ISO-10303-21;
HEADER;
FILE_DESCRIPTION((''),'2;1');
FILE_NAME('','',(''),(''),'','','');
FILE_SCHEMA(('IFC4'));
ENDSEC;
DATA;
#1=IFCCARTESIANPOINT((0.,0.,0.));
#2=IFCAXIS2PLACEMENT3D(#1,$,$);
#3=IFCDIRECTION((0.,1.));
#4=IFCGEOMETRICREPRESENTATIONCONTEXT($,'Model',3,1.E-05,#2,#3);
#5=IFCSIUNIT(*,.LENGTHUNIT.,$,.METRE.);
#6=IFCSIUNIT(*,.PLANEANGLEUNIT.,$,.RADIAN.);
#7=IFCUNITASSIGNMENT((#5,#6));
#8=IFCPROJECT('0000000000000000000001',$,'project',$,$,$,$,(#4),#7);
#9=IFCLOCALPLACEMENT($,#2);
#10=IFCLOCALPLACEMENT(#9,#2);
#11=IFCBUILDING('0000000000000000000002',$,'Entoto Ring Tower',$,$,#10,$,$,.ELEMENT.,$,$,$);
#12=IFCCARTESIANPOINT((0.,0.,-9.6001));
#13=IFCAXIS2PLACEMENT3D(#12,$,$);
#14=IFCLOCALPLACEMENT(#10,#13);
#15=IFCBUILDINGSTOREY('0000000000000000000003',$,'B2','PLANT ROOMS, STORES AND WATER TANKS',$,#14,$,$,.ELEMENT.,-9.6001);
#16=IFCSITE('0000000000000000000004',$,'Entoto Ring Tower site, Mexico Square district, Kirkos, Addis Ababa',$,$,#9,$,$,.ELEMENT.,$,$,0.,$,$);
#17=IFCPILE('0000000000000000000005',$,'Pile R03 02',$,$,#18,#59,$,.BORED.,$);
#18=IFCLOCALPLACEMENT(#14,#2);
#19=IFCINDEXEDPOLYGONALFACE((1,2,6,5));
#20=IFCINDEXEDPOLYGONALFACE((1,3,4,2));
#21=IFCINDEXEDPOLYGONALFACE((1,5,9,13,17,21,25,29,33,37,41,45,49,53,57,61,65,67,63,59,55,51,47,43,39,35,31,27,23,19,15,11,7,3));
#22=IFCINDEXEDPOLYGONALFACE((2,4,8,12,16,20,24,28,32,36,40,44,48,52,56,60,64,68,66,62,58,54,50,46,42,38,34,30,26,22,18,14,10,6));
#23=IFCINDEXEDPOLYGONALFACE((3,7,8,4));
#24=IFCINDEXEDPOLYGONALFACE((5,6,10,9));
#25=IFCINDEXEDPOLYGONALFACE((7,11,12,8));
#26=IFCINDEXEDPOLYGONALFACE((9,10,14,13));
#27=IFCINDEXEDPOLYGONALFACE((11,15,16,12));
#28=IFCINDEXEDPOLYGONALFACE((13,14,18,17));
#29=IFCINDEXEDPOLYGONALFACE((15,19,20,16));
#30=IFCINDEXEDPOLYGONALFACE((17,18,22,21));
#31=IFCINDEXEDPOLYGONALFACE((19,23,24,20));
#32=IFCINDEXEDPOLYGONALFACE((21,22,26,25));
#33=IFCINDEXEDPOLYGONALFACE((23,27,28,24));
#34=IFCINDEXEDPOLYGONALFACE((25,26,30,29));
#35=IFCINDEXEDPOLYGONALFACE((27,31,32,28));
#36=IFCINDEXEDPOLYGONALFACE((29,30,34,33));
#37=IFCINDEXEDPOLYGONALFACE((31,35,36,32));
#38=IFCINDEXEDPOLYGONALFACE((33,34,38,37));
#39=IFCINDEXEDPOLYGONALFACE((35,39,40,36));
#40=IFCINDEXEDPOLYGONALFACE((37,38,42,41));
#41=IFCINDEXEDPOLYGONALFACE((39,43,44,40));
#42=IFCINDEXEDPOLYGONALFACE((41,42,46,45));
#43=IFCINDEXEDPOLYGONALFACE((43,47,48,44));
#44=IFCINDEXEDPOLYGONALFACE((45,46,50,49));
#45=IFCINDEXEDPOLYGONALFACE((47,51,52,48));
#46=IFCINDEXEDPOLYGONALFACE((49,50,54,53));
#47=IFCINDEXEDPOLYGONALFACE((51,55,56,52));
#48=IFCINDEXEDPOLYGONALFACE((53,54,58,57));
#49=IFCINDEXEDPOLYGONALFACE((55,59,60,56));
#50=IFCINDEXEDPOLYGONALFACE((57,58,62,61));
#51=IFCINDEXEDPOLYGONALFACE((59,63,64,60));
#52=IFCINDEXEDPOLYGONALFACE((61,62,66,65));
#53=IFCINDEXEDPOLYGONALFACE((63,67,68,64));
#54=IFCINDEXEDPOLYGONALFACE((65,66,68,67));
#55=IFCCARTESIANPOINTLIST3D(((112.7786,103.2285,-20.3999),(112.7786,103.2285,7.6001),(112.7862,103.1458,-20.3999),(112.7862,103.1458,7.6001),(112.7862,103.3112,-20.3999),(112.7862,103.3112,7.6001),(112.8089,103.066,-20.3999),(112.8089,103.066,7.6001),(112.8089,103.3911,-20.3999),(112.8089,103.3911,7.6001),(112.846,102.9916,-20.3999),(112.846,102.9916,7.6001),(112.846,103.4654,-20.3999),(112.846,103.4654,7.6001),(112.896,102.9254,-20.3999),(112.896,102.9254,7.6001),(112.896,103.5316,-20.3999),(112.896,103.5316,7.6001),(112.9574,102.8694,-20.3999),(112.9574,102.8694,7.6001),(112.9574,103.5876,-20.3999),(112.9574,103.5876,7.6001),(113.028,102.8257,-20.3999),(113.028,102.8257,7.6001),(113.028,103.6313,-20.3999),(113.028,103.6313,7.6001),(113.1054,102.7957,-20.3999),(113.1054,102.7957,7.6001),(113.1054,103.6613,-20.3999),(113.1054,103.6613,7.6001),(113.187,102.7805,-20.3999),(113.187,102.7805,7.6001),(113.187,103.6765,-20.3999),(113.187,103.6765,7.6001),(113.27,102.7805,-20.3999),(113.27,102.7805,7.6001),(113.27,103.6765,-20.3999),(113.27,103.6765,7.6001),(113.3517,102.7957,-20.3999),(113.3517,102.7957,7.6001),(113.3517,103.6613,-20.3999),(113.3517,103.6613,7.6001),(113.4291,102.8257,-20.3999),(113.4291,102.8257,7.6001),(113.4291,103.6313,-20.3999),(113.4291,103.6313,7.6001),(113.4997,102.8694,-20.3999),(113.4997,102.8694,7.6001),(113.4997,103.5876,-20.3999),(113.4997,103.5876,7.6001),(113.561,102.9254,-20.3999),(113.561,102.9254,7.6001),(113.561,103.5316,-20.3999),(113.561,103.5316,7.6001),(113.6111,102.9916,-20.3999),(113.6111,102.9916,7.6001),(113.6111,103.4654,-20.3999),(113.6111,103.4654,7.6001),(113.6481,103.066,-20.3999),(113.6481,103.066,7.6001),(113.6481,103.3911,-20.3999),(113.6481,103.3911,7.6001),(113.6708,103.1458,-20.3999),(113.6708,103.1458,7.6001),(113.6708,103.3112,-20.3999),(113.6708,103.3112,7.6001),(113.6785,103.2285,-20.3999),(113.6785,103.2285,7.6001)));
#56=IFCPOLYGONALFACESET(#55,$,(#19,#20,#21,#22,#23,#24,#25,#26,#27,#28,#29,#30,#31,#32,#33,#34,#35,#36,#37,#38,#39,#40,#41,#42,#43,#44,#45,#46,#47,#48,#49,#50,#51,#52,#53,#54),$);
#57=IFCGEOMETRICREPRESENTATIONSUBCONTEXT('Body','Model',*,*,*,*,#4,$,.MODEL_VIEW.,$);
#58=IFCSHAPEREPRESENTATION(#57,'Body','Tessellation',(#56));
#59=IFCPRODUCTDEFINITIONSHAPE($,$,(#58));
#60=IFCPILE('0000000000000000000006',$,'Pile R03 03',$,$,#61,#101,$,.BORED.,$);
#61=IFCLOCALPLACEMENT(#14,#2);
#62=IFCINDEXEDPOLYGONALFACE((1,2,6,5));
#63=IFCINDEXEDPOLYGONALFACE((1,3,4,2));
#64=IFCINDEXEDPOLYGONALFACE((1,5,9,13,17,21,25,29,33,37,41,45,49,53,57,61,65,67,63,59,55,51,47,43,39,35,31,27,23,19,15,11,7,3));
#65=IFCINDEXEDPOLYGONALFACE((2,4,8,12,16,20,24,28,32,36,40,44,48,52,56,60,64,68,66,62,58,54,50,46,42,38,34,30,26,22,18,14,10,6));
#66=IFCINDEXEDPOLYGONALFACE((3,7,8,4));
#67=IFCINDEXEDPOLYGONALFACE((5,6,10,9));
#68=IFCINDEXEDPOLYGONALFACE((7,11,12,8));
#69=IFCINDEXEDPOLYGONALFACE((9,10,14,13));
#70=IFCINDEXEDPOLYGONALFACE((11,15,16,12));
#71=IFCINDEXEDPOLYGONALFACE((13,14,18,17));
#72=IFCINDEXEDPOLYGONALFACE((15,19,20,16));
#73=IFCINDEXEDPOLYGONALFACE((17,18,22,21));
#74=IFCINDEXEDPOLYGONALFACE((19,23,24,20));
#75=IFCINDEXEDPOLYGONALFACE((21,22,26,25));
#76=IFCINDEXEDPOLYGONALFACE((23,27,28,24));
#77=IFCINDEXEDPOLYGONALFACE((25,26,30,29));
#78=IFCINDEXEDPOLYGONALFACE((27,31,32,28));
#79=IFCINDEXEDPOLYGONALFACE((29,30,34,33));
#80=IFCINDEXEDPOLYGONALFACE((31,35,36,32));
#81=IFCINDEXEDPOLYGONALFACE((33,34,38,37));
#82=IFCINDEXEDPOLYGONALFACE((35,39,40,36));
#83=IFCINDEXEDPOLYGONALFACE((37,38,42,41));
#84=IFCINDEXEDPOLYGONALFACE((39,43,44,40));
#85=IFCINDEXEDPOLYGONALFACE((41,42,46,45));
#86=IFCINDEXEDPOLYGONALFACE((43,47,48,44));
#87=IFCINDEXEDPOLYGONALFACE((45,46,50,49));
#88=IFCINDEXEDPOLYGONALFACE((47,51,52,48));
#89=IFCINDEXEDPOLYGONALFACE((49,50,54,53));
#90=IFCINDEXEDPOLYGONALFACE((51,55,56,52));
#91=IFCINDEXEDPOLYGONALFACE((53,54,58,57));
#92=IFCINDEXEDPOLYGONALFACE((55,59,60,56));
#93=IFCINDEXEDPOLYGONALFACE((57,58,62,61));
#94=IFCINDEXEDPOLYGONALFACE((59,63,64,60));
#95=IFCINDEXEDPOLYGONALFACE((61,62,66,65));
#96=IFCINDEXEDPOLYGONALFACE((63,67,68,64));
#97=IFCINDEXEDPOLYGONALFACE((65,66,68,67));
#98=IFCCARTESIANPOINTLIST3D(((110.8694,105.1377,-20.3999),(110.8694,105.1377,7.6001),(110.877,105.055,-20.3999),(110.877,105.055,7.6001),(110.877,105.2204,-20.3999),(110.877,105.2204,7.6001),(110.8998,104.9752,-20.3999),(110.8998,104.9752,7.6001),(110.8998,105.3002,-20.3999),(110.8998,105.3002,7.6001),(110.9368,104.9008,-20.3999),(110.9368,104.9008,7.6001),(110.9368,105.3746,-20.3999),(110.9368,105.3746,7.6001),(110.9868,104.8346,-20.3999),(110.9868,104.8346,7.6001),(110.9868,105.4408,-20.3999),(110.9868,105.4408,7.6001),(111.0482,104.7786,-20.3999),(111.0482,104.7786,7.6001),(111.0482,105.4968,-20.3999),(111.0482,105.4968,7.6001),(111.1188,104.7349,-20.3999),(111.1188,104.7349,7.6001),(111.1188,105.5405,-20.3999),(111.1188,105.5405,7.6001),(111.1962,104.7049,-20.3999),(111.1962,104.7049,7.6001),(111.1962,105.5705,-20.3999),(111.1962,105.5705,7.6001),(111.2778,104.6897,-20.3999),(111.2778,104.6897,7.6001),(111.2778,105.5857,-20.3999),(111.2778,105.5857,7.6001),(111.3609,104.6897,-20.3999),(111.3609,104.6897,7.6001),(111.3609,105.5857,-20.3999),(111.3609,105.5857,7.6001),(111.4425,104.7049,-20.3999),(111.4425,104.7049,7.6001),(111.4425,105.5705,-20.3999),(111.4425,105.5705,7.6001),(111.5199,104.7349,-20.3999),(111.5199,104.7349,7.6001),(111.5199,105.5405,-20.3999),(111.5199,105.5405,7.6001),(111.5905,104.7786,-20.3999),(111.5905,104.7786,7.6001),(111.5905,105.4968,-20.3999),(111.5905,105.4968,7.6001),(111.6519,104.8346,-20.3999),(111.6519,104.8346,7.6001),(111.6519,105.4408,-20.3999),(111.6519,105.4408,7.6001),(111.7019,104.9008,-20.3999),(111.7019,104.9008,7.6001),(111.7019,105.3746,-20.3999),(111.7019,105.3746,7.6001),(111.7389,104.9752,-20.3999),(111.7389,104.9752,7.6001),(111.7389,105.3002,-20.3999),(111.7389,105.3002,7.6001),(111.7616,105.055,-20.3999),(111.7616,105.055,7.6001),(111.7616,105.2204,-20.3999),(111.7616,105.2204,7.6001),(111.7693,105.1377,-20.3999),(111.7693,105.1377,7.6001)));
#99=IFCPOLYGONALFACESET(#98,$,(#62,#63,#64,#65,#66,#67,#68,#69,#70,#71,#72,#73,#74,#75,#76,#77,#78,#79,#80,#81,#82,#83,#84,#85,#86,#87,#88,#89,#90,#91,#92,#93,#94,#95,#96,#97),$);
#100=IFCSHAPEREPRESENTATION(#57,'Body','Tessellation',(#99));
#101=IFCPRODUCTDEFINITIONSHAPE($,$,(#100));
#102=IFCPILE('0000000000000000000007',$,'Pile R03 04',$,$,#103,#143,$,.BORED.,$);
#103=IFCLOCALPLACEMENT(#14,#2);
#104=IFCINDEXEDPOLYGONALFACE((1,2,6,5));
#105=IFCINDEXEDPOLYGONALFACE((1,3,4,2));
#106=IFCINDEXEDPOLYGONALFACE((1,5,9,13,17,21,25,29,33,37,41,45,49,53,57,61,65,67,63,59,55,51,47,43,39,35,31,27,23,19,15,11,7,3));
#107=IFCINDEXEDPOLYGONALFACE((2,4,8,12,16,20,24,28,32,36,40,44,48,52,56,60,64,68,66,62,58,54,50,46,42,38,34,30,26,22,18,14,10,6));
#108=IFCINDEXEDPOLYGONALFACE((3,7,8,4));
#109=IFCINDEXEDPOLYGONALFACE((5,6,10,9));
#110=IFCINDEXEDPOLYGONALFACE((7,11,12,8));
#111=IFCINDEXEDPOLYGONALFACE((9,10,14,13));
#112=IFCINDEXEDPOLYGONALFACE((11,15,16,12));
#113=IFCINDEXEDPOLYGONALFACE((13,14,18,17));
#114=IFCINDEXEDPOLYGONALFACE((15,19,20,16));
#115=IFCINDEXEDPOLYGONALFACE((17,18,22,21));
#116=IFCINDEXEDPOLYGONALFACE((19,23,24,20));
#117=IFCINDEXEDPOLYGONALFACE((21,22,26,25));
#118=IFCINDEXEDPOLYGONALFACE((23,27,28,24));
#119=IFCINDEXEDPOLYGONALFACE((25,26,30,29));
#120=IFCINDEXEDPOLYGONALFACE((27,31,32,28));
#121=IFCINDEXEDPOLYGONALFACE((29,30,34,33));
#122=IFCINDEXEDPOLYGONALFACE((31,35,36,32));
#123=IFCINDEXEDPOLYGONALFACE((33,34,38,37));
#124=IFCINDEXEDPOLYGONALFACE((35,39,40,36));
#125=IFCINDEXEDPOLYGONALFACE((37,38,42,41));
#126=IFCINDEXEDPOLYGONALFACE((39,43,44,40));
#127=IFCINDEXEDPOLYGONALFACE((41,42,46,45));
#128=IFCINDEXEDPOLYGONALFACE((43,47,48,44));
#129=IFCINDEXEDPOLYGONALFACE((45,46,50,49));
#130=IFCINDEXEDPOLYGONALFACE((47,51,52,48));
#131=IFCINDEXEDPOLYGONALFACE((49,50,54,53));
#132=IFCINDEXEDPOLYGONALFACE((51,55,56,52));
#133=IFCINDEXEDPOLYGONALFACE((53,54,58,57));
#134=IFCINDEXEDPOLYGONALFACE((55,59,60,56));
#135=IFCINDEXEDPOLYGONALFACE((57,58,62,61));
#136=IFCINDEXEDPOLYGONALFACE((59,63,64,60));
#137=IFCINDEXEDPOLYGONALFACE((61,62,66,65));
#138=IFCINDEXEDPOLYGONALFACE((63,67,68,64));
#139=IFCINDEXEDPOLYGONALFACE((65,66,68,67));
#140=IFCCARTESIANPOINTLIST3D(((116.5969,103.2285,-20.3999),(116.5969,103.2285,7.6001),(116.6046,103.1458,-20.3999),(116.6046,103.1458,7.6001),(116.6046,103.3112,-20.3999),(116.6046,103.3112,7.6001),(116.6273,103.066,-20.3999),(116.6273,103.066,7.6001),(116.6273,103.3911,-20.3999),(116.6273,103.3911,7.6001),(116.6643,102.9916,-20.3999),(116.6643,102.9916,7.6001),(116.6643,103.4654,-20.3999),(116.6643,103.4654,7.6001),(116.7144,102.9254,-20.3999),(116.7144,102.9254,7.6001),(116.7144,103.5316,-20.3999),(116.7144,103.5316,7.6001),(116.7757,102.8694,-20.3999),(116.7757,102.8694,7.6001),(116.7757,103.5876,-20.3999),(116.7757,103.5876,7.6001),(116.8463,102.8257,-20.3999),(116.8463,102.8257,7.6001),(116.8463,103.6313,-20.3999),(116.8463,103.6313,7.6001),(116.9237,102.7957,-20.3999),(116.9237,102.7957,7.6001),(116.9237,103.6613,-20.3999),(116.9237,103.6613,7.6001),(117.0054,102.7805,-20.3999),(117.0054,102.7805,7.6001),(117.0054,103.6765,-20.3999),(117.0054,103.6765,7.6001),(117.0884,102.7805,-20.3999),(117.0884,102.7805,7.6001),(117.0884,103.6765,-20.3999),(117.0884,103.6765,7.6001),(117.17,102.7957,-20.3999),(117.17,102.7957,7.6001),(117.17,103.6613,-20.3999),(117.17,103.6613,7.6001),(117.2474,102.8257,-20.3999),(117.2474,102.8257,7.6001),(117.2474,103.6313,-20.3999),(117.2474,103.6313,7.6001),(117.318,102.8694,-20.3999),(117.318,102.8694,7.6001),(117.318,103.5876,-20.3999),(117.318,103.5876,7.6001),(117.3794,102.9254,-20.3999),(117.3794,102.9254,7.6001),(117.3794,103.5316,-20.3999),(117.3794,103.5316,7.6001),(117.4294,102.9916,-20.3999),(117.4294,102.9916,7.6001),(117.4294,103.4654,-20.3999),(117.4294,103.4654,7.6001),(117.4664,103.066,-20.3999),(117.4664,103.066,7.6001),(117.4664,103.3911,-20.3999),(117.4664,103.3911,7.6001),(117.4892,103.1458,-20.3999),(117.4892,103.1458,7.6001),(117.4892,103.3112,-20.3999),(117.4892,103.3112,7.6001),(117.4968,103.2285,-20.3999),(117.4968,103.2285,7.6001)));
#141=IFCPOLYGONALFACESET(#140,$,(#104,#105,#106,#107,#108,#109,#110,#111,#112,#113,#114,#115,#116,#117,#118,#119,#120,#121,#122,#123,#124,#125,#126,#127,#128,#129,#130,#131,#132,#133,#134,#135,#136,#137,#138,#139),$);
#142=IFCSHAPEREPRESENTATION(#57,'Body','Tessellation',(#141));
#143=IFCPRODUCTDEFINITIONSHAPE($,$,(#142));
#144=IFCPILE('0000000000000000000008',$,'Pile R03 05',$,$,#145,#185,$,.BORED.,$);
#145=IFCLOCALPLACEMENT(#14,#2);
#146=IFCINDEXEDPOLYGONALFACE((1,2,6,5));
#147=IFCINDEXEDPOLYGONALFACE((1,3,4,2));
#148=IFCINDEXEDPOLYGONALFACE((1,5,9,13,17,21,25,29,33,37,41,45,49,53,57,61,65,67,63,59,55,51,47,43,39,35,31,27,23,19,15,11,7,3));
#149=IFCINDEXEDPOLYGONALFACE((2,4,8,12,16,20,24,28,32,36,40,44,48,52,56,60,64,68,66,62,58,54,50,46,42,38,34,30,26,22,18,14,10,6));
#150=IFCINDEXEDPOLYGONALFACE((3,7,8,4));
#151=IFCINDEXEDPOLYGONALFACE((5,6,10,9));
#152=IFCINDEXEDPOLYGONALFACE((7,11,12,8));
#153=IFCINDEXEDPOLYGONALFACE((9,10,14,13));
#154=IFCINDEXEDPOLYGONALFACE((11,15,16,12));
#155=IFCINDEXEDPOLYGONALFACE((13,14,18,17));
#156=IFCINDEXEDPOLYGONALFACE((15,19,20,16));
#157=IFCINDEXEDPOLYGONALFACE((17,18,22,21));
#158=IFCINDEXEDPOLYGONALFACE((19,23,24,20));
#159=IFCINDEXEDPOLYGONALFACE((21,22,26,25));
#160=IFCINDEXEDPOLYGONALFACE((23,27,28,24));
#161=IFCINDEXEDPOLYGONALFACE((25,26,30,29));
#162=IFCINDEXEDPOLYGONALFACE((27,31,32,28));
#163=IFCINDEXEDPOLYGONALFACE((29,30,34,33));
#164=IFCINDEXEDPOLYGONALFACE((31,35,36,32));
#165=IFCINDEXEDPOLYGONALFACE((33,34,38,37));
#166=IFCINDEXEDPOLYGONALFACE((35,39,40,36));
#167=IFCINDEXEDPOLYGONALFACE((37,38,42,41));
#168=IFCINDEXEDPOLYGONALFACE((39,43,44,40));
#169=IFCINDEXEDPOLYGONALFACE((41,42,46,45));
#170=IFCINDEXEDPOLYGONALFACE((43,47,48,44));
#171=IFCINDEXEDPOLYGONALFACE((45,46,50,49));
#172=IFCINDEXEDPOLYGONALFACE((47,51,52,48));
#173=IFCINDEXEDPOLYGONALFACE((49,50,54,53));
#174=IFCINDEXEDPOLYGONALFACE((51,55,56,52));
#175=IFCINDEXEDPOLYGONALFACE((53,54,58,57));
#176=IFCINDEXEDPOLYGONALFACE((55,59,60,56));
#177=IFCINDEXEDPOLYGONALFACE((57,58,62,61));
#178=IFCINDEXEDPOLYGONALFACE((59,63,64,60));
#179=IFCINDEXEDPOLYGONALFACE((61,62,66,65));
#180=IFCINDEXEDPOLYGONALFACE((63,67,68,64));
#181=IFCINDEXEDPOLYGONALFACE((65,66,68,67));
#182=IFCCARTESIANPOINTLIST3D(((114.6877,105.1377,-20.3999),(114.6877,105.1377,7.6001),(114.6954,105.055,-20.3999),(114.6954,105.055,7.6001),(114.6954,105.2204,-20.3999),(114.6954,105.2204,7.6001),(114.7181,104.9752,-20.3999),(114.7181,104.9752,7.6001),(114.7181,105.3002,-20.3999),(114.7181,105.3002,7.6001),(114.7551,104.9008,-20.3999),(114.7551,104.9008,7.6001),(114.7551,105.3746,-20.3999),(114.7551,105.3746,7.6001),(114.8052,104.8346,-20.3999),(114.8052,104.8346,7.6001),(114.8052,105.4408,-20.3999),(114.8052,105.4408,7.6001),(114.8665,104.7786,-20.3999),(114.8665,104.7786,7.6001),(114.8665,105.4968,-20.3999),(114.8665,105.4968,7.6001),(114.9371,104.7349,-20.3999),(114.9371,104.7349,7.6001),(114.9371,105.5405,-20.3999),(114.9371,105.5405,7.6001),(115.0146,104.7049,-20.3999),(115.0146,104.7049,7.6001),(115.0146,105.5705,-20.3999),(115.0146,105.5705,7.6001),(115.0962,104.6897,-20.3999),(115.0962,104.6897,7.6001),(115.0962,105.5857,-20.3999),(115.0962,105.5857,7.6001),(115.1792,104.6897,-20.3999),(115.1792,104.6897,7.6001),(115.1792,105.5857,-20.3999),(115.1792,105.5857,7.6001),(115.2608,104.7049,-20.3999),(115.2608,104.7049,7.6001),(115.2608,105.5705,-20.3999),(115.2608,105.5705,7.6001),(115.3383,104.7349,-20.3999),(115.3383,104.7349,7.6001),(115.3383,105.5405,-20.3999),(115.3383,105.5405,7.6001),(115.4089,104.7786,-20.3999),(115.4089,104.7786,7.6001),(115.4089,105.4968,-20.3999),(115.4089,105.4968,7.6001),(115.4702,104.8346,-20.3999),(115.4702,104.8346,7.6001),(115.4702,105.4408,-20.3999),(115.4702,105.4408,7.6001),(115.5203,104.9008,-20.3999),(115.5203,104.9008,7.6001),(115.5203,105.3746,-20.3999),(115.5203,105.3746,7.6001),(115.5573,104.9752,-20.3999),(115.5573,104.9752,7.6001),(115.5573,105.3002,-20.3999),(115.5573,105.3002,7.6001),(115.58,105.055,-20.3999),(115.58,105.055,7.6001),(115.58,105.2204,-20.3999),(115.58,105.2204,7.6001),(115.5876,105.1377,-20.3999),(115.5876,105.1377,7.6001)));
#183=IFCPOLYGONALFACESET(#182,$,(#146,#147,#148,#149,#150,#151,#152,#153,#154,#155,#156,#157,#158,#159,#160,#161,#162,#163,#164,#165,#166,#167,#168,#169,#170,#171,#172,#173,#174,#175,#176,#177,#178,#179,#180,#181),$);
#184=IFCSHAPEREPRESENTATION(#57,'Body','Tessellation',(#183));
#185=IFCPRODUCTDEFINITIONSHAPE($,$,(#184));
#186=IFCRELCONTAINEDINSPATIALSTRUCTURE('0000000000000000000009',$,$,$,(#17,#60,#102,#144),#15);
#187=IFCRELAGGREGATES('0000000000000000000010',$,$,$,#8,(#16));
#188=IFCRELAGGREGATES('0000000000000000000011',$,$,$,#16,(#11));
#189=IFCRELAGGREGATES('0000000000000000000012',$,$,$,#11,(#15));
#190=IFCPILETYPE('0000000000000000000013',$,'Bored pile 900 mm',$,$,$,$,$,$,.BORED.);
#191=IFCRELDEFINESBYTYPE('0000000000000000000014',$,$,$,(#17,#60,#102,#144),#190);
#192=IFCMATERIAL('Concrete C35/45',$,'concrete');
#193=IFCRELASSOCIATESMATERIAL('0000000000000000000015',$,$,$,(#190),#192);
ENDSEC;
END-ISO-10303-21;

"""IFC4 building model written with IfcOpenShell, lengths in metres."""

from ifc_helpers import new_model, si_unit, direction, frame, origin, origin_2d, place, context, subcontext, project, spatial, circle, extrude, material, material_profile, profile_set, type_object, element, save


model = new_model("IFC4")

# Units and contexts
model_context = context("Model", 3, precision=1e-05, world=origin(), true_north=direction((0.0, 1.0)))
body_context = subcontext(model_context, "Body", "Model", "MODEL_VIEW")
ifc_project = project(units=[si_unit("LENGTHUNIT", "METRE"), si_unit("PLANEANGLEUNIT", "RADIAN")], contexts=[model_context])

# Site, building, storey
site_placement = place(None, origin())
site = spatial("IfcSite", under=ifc_project, at=site_placement, Name="Entoto Ring Tower site, Mexico Square district, Kirkos, Addis Ababa", CompositionType="ELEMENT", RefElevation=0.0)
building_placement = place(site_placement, origin())
building = spatial("IfcBuilding", under=site, at=building_placement, Name="Entoto Ring Tower", CompositionType="ELEMENT")
storey_placement = place(building_placement, frame((0.0, 0.0, -9.6001)))
storey = spatial("IfcBuildingStorey", under=building, at=storey_placement, Name="B2", Description="PLANT ROOMS, STORES AND WATER TANKS", CompositionType="ELEMENT", Elevation=-9.6001)

# Piles
ifc_material_1 = material(Name="Concrete C35/45", Category="concrete")
ifc_material_profile_1 = material_profile(ifc_material_1, circle(Radius=0.45, at=origin_2d()), Name="Bored pile 900 mm")
ifc_profile_set_1 = profile_set([ifc_material_profile_1], Name="Concrete C35/45")
pile_type = type_object("IfcPileType", Name="Bored pile 900 mm", PredefinedType="BORED", material=ifc_profile_set_1)
for number, where, z_axis, x_axis, name in (
    (1, (113.2285, 103.2285, 7.6001), (0.0, 0.0, -1.0), (1.0, 0.0, 0.0), "Pile R03 02"),
    (2, (111.3193, 105.1377, 7.6001), (0.0, 0.0, -1.0), (1.0, 0.0, 0.0), "Pile R03 03"),
    (3, (117.0469, 103.2285, 7.6001), (0.0, 0.0, -1.0), (1.0, 0.0, 0.0), "Pile R03 04"),
    (4, (115.1377, 105.1377, 7.6001), (0.0, 0.0, -1.0), (1.0, 0.0, 0.0), "Pile R03 05"),
):
    element("IfcPile", number, at=place(storey_placement, frame(where, z_axis=z_axis, x_axis=x_axis)), inside=storey, type_object=pile_type, Name=name, PredefinedType="BORED", context=body_context, shape_type="SweptSolid", body=[
        extrude(circle(Radius=0.45, at=origin_2d()), origin(), (0.0, 0.0, 1.0), 28.0),
    ])

save(model, "model.ifc")
